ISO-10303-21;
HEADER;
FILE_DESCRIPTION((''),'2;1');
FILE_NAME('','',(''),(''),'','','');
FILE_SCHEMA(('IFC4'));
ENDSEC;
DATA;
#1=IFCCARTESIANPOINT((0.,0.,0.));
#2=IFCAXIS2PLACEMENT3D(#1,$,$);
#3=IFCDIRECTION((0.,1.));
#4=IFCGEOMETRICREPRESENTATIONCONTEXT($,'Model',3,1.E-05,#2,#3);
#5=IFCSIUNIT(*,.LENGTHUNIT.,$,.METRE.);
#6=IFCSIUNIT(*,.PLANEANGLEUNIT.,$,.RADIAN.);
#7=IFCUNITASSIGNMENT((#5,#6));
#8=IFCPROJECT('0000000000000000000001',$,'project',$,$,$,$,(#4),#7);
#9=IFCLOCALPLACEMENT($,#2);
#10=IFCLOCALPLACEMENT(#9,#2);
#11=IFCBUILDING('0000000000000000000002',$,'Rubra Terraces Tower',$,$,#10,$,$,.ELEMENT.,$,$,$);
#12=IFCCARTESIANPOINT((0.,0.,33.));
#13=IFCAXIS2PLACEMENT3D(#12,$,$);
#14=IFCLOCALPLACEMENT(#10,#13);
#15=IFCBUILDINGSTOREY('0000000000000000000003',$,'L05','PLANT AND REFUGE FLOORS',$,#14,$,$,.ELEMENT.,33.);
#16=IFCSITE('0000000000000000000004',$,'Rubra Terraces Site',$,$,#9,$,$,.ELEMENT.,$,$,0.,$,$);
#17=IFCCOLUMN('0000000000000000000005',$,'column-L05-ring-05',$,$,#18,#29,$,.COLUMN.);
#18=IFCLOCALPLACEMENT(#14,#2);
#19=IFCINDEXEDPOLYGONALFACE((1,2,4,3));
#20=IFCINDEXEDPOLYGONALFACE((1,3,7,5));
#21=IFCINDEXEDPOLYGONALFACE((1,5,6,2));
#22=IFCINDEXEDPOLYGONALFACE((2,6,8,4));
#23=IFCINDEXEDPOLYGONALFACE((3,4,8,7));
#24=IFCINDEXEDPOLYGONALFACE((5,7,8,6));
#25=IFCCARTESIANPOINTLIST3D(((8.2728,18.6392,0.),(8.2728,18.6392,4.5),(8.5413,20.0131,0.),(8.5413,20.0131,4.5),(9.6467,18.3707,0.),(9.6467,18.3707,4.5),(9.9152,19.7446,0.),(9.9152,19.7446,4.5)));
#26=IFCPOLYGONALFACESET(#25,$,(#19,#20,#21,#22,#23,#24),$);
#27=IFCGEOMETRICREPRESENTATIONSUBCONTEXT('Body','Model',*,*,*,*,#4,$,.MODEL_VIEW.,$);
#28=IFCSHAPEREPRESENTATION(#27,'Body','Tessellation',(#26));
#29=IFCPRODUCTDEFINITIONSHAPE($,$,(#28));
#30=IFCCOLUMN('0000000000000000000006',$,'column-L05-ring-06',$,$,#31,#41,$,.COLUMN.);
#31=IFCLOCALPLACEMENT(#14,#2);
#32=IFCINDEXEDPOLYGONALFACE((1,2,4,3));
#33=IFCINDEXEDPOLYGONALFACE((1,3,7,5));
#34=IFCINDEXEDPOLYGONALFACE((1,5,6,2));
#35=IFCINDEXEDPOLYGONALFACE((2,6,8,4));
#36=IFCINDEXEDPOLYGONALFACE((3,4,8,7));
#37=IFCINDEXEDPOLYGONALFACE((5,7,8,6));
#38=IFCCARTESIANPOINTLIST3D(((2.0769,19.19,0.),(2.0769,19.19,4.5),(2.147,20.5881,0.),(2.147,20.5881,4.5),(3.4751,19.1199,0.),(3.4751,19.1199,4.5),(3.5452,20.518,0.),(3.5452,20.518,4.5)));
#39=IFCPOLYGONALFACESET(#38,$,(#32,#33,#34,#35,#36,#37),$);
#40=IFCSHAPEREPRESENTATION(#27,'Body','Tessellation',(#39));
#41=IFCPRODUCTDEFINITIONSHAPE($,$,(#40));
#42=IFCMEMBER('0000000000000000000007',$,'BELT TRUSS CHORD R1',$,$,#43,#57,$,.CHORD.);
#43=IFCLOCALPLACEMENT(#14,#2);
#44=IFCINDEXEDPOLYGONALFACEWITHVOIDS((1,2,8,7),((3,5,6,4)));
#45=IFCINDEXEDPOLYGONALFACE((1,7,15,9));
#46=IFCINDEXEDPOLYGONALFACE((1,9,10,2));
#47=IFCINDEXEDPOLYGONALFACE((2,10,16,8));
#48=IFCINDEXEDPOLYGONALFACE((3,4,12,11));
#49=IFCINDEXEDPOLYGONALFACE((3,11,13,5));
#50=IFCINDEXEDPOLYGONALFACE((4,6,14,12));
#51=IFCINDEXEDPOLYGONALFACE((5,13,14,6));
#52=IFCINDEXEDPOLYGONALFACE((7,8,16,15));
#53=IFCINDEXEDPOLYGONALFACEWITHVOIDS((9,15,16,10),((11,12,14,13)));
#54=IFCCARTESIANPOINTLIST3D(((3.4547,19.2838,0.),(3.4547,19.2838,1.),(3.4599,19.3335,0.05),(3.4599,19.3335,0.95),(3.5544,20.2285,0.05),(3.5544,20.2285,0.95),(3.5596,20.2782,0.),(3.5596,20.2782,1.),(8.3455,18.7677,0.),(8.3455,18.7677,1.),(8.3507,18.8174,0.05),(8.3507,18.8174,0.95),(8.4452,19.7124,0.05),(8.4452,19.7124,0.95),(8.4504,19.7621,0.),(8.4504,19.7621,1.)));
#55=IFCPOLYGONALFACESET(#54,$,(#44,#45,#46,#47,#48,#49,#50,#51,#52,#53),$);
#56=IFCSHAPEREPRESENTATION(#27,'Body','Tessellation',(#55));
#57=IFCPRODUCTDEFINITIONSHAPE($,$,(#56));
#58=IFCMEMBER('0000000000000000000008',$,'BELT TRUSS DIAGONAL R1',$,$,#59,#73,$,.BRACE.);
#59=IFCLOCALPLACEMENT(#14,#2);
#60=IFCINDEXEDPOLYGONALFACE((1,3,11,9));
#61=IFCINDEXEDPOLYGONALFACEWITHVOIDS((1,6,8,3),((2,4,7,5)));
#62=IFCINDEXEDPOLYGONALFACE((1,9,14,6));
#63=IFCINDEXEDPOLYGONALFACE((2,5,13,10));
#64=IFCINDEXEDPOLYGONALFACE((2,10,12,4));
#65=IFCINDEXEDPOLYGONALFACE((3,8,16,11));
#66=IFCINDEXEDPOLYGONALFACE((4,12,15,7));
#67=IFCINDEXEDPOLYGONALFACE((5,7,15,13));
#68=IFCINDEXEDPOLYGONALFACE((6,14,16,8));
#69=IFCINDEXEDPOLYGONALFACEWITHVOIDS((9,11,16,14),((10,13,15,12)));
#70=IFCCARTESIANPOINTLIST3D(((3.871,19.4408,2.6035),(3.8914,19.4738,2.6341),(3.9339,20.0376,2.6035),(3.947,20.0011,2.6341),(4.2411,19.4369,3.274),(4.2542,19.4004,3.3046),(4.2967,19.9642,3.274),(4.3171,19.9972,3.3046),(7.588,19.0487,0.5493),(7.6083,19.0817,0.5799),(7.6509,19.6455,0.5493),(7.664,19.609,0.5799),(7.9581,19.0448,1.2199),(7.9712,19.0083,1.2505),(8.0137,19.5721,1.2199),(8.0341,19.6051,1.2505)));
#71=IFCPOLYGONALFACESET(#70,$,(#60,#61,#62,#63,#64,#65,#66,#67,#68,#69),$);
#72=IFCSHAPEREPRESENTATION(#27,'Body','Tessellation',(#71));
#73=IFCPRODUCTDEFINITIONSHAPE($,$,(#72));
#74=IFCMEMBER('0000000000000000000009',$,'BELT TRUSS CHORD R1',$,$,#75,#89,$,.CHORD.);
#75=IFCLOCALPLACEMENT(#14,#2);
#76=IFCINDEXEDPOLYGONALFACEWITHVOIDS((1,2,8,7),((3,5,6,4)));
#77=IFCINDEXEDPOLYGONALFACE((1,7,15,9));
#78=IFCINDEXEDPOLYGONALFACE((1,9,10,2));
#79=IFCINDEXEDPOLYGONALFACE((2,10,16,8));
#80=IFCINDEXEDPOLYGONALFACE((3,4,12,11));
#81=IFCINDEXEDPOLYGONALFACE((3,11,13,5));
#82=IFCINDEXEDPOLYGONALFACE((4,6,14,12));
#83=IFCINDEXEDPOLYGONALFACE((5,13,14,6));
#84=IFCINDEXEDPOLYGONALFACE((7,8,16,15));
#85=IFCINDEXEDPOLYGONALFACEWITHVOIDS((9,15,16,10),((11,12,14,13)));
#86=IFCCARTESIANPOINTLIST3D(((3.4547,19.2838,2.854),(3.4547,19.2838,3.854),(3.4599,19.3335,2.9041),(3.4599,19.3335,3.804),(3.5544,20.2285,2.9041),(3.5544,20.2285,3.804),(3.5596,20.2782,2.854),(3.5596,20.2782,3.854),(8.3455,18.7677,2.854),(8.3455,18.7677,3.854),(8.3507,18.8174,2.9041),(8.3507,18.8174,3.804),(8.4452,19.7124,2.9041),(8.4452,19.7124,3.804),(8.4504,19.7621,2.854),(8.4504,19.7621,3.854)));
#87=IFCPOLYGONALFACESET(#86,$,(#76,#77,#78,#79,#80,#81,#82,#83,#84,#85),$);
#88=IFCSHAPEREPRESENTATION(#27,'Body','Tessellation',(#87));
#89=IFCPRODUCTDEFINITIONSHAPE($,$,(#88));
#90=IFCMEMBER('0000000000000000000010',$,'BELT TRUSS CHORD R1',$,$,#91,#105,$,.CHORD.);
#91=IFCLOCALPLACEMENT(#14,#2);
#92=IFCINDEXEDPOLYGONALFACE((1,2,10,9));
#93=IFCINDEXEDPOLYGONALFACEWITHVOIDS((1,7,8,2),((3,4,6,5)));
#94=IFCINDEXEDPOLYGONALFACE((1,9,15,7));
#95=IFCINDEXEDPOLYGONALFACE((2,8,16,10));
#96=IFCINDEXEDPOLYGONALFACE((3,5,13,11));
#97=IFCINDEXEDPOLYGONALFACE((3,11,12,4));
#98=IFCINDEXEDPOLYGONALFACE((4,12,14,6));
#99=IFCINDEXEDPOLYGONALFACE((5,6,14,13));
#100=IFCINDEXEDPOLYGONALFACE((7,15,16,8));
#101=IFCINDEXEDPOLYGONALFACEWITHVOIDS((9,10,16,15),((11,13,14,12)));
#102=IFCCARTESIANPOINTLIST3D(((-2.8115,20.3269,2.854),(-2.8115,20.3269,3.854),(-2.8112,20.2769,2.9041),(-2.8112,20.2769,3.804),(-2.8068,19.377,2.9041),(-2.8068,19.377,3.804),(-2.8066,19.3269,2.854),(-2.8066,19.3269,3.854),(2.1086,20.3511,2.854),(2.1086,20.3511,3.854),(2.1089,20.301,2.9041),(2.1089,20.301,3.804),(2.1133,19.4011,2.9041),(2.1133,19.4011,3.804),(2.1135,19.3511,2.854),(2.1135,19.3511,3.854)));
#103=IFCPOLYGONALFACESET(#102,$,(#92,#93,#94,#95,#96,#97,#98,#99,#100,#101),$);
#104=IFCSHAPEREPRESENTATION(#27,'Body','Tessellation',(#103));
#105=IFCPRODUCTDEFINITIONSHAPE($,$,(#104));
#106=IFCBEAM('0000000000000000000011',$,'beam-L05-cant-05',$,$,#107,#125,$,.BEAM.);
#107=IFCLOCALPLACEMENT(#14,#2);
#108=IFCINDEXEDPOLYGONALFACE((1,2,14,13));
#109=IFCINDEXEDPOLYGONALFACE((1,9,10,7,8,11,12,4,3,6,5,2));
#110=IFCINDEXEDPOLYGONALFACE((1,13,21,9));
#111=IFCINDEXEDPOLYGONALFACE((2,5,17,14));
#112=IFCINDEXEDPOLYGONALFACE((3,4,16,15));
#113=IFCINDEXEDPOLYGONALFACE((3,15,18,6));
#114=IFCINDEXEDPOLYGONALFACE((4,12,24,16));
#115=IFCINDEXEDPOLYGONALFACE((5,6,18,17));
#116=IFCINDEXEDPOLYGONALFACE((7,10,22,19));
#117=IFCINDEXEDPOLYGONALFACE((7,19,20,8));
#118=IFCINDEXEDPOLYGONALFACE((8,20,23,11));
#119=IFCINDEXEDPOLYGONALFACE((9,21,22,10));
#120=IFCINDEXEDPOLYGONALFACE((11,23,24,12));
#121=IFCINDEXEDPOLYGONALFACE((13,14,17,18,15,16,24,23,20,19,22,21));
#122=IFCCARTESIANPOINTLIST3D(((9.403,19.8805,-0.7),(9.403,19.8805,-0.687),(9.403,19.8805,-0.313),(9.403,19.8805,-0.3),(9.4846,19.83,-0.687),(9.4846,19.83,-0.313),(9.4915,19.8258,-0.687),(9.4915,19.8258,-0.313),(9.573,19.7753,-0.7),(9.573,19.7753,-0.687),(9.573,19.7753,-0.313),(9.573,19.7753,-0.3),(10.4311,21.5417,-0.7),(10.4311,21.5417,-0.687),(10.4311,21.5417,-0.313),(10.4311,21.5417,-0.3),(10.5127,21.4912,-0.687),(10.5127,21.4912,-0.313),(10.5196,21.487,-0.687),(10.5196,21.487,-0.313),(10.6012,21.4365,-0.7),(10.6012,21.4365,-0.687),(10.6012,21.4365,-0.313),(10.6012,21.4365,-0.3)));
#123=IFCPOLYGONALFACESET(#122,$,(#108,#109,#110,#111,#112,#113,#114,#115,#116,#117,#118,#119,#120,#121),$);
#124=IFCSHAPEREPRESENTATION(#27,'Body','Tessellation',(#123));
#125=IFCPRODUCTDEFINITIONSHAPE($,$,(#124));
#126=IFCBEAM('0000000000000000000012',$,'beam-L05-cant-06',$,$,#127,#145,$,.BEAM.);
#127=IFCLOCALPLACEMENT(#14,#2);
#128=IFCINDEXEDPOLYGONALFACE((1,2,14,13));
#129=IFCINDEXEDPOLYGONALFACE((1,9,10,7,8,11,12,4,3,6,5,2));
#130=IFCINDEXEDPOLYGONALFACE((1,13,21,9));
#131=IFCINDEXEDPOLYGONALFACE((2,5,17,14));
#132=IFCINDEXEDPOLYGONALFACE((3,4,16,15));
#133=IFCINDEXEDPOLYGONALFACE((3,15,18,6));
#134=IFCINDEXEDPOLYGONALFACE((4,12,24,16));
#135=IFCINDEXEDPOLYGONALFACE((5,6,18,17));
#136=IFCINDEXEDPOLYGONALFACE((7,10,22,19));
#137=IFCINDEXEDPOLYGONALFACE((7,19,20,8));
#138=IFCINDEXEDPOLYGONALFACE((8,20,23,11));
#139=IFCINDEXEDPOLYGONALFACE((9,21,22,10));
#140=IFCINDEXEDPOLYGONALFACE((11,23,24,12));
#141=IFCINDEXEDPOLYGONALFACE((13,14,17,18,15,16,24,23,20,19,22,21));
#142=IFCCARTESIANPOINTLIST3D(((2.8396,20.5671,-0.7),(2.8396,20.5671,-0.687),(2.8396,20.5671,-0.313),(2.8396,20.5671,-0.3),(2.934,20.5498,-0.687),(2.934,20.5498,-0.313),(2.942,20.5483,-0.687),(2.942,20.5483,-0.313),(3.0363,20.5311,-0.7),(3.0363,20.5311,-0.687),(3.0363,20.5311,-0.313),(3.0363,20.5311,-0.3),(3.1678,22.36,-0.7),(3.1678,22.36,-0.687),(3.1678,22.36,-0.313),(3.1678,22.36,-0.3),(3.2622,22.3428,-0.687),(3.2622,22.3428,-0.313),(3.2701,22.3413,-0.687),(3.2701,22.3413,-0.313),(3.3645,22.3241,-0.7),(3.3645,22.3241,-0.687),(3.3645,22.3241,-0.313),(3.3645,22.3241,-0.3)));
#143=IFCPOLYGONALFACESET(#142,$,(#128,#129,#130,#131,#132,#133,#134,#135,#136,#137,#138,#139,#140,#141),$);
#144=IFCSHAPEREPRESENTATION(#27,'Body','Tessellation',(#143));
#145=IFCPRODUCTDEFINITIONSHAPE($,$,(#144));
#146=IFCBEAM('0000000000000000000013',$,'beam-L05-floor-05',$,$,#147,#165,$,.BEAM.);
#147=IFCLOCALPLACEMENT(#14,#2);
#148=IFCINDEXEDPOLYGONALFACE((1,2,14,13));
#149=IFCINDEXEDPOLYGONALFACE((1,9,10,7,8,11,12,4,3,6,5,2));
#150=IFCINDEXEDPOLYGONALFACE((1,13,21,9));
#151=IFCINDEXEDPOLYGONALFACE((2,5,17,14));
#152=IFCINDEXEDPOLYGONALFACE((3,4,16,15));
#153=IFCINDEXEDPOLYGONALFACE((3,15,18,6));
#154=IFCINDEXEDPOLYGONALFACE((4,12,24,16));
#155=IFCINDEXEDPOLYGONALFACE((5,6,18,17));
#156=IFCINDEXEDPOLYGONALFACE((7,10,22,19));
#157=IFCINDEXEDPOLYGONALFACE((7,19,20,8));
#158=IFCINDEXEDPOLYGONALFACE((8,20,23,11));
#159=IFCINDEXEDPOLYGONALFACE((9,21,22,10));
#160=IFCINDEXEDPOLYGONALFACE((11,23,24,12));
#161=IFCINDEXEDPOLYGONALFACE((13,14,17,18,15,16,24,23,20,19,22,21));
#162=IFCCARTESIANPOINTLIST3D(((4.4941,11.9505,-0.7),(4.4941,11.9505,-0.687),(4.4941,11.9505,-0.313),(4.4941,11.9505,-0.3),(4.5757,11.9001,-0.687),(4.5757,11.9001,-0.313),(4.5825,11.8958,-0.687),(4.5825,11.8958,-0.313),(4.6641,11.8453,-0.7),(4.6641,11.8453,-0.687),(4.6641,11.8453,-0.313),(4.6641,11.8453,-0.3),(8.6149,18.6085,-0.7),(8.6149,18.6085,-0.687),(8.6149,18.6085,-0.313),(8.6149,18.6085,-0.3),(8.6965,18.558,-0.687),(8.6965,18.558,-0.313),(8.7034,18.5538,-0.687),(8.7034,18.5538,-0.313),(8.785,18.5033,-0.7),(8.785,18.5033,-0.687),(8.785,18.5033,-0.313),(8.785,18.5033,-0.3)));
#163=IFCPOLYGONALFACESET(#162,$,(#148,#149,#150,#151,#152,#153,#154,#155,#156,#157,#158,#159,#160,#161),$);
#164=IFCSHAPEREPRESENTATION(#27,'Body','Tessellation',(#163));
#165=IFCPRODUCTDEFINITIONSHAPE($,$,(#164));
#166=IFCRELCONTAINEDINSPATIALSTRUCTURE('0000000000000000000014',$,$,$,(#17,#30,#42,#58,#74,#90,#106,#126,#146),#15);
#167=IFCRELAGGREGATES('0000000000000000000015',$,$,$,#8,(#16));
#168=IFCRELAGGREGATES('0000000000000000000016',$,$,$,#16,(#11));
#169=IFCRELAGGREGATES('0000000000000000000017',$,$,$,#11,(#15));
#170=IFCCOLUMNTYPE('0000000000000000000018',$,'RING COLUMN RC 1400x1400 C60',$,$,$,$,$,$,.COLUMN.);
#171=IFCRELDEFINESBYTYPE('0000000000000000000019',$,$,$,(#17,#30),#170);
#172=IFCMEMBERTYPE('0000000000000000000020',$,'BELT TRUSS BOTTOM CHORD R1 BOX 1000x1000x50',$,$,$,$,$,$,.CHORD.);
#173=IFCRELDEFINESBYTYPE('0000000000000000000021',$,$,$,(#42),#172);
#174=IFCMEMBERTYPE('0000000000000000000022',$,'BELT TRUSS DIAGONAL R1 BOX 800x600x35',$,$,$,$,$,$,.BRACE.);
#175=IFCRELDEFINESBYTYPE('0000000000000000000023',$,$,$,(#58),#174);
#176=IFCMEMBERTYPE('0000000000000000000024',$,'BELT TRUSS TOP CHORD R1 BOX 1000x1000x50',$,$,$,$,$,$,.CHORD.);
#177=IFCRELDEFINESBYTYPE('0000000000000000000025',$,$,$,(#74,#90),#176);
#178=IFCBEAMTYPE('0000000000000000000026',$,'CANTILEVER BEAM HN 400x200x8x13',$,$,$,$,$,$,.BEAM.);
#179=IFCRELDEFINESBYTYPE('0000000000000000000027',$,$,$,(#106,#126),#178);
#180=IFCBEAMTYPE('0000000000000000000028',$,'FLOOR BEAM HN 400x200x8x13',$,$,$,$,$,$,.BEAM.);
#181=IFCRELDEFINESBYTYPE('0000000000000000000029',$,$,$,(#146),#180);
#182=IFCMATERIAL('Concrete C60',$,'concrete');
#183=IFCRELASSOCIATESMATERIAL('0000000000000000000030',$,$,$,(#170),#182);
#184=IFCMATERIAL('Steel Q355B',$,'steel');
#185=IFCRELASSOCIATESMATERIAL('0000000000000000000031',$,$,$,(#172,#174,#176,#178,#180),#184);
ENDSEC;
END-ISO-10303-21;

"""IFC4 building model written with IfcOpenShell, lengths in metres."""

from ifc_helpers import new_model, si_unit, direction, frame, origin, origin_2d, place, context, subcontext, project, spatial, rectangle, hollow_rectangle, i_section, extrude, material, material_profile, profile_set, type_object, element, save


model = new_model("IFC4")

# Units and contexts
model_context = context("Model", 3, precision=1e-05, world=origin(), true_north=direction((0.0, 1.0)))
body_context = subcontext(model_context, "Body", "Model", "MODEL_VIEW")
ifc_project = project(units=[si_unit("LENGTHUNIT", "METRE"), si_unit("PLANEANGLEUNIT", "RADIAN")], contexts=[model_context])

# Site, building, storey
site_placement = place(None, origin())
site = spatial("IfcSite", under=ifc_project, at=site_placement, Name="Rubra Terraces Site", CompositionType="ELEMENT", RefElevation=0.0)
building_placement = place(site_placement, origin())
building = spatial("IfcBuilding", under=site, at=building_placement, Name="Rubra Terraces Tower", CompositionType="ELEMENT")
storey_placement = place(building_placement, frame((0.0, 0.0, 33.0)))
storey = spatial("IfcBuildingStorey", under=building, at=storey_placement, Name="L05", Description="PLANT AND REFUGE FLOORS", CompositionType="ELEMENT", Elevation=33.0)

# Columns
ifc_material_1 = material(Name="Concrete C60", Category="concrete")
ifc_material_profile_1 = material_profile(ifc_material_1, rectangle(XDim=1.3999, YDim=1.3999, at=origin_2d()), Name="RC 1400x1400")
ifc_profile_set_1 = profile_set([ifc_material_profile_1], Name="Concrete C60")
column_type = type_object("IfcColumnType", Name="RING COLUMN RC 1400x1400 C60", PredefinedType="COLUMN", material=ifc_profile_set_1)
for number, where, z_axis, x_axis, name in (
    (1, (9.094, 19.1919, 0.0), (0.0, 0.0, 1.0), (-0.98143, 0.191819, 0.0), "column-L05-ring-05"),
    (2, (2.811, 19.854, 0.0), (0.0, 0.0, 1.0), (-0.998745, 0.050084, 0.0), "column-L05-ring-06"),
):
    element("IfcColumn", number, at=place(storey_placement, frame(where, z_axis=z_axis, x_axis=x_axis)), inside=storey, type_object=column_type, Name=name, PredefinedType="COLUMN", context=body_context, shape_type="SweptSolid", body=[
        extrude(rectangle(XDim=1.3999, YDim=1.3999, at=origin_2d()), origin(), (0.0, 0.0, 1.0), 4.5),
    ])

# Members
ifc_material_2 = material(Name="Steel Q355B", Category="steel")
ifc_material_profile_2 = material_profile(ifc_material_2, hollow_rectangle(XDim=1.0, YDim=1.0, WallThickness=0.05, at=origin_2d()), Name="BOX 1000x1000x50")
ifc_profile_set_2 = profile_set([ifc_material_profile_2], Name="Steel Q355B")
member_type_1 = type_object("IfcMemberType", Name="BELT TRUSS BOTTOM CHORD R1 BOX 1000x1000x50", PredefinedType="CHORD", material=ifc_profile_set_2)
member_1_placement = place(storey_placement, frame((8.3979, 19.2649, 0.5), z_axis=(-0.994478, 0.104943, 0.0), x_axis=(-0.104943, -0.994478, 0.0)))
element("IfcMember", 3, at=member_1_placement, inside=storey, type_object=member_type_1, Name="BELT TRUSS CHORD R1", PredefinedType="CHORD", context=body_context, shape_type="SweptSolid", body=[
    extrude(hollow_rectangle(XDim=1.0, YDim=1.0, WallThickness=0.05, at=origin_2d()), origin(), (0.0, 0.0, 1.0), 4.918),
])
ifc_material_profile_3 = material_profile(ifc_material_2, hollow_rectangle(XDim=0.6001, YDim=0.8, WallThickness=0.0349, at=origin_2d()), Name="BOX 800x600x35")
ifc_profile_set_3 = profile_set([ifc_material_profile_3], Name="Steel Q355B")
member_type_2 = type_object("IfcMemberType", Name="BELT TRUSS DIAGONAL R1 BOX 800x600x35", PredefinedType="BRACE", material=ifc_profile_set_3)
member_2_placement = place(storey_placement, frame((7.811, 19.3269, 0.8999), z_axis=(-0.871531, 0.091933, 0.481646), x_axis=(-0.104902, -0.994483, 0.0)))
element("IfcMember", 4, at=member_2_placement, inside=storey, type_object=member_type_2, Name="BELT TRUSS DIAGONAL R1", PredefinedType="BRACE", context=body_context, shape_type="SweptSolid", body=[
    extrude(hollow_rectangle(XDim=0.6001, YDim=0.8, WallThickness=0.0349, at=origin_2d()), origin(), (0.0, 0.0, 1.0), 4.2649),
])
ifc_material_profile_4 = material_profile(ifc_material_2, hollow_rectangle(XDim=1.0, YDim=1.0, WallThickness=0.05, at=origin_2d()), Name="BOX 1000x1000x50")
ifc_profile_set_4 = profile_set([ifc_material_profile_4], Name="Steel Q355B")
member_type_3 = type_object("IfcMemberType", Name="BELT TRUSS TOP CHORD R1 BOX 1000x1000x50", PredefinedType="CHORD", material=ifc_profile_set_4)
member_3_placement = place(storey_placement, frame((8.3979, 19.2649, 3.354), z_axis=(-0.994478, 0.104943, 0.0), x_axis=(-0.104943, -0.994478, 0.0)))
element("IfcMember", 5, at=member_3_placement, inside=storey, type_object=member_type_3, Name="BELT TRUSS CHORD R1", PredefinedType="CHORD", context=body_context, shape_type="SweptSolid", body=[
    extrude(hollow_rectangle(XDim=1.0, YDim=1.0, WallThickness=0.05, at=origin_2d()), origin(), (0.0, 0.0, 1.0), 4.918),
])
member_4_placement = place(storey_placement, frame((2.1111, 19.8511, 3.354), z_axis=(-0.999988, -0.004912, 0.0), x_axis=(0.004912, -0.999988, 0.0)))
element("IfcMember", 6, at=member_4_placement, inside=storey, type_object=member_type_3, Name="BELT TRUSS CHORD R1", PredefinedType="CHORD", context=body_context, shape_type="SweptSolid", body=[
    extrude(hollow_rectangle(XDim=1.0, YDim=1.0, WallThickness=0.05, at=origin_2d()), origin(), (0.0, 0.0, 1.0), 4.9202),
])

# Beams
ifc_material_profile_5 = material_profile(ifc_material_2, i_section(OverallWidth=0.2, OverallDepth=0.3999, WebThickness=0.0081, FlangeThickness=0.0129, at=origin_2d()), Name="HN 400x200x8x13")
ifc_profile_set_5 = profile_set([ifc_material_profile_5], Name="Steel Q355B")
beam_type_1 = type_object("IfcBeamType", Name="CANTILEVER BEAM HN 400x200x8x13", PredefinedType="BEAM", material=ifc_profile_set_5)
beam_1_placement = place(storey_placement, frame((9.488, 19.8279, -0.5), z_axis=(0.526264, 0.850321, 0.0), x_axis=(-0.850321, 0.526264, 0.0)))
element("IfcBeam", 7, at=beam_1_placement, inside=storey, type_object=beam_type_1, Name="beam-L05-cant-05", PredefinedType="BEAM", context=body_context, shape_type="SweptSolid", body=[
    extrude(i_section(OverallWidth=0.2, OverallDepth=0.3999, WebThickness=0.0081, FlangeThickness=0.0129, at=origin_2d()), origin(), (0.0, 0.0, 1.0), 1.9536),
])
beam_2_placement = place(storey_placement, frame((2.938, 20.5491, -0.5), z_axis=(0.180017, 0.983664, 0.0), x_axis=(-0.983664, 0.180017, 0.0)))
element("IfcBeam", 8, at=beam_2_placement, inside=storey, type_object=beam_type_1, Name="beam-L05-cant-06", PredefinedType="BEAM", context=body_context, shape_type="SweptSolid", body=[
    extrude(i_section(OverallWidth=0.2, OverallDepth=0.3999, WebThickness=0.0081, FlangeThickness=0.0129, at=origin_2d()), origin(), (0.0, 0.0, 1.0), 1.8228),
])
ifc_material_profile_6 = material_profile(ifc_material_2, i_section(OverallWidth=0.2, OverallDepth=0.3999, WebThickness=0.0081, FlangeThickness=0.0129, at=origin_2d()), Name="HN 400x200x8x13")
ifc_profile_set_6 = profile_set([ifc_material_profile_6], Name="Steel Q355B")
beam_type_2 = type_object("IfcBeamType", Name="FLOOR BEAM HN 400x200x8x13", PredefinedType="BEAM", material=ifc_profile_set_6)
beam_3_placement = place(storey_placement, frame((8.7, 18.5559, -0.5), z_axis=(-0.526286, -0.850308, 0.0), x_axis=(0.850308, -0.526286, 0.0)))
element("IfcBeam", 9, at=beam_3_placement, inside=storey, type_object=beam_type_2, Name="beam-L05-floor-05", PredefinedType="BEAM", context=body_context, shape_type="SweptSolid", body=[
    extrude(i_section(OverallWidth=0.2, OverallDepth=0.3999, WebThickness=0.0081, FlangeThickness=0.0129, at=origin_2d()), origin(), (0.0, 0.0, 1.0), 7.8301),
])

save(model, "model.ifc")
